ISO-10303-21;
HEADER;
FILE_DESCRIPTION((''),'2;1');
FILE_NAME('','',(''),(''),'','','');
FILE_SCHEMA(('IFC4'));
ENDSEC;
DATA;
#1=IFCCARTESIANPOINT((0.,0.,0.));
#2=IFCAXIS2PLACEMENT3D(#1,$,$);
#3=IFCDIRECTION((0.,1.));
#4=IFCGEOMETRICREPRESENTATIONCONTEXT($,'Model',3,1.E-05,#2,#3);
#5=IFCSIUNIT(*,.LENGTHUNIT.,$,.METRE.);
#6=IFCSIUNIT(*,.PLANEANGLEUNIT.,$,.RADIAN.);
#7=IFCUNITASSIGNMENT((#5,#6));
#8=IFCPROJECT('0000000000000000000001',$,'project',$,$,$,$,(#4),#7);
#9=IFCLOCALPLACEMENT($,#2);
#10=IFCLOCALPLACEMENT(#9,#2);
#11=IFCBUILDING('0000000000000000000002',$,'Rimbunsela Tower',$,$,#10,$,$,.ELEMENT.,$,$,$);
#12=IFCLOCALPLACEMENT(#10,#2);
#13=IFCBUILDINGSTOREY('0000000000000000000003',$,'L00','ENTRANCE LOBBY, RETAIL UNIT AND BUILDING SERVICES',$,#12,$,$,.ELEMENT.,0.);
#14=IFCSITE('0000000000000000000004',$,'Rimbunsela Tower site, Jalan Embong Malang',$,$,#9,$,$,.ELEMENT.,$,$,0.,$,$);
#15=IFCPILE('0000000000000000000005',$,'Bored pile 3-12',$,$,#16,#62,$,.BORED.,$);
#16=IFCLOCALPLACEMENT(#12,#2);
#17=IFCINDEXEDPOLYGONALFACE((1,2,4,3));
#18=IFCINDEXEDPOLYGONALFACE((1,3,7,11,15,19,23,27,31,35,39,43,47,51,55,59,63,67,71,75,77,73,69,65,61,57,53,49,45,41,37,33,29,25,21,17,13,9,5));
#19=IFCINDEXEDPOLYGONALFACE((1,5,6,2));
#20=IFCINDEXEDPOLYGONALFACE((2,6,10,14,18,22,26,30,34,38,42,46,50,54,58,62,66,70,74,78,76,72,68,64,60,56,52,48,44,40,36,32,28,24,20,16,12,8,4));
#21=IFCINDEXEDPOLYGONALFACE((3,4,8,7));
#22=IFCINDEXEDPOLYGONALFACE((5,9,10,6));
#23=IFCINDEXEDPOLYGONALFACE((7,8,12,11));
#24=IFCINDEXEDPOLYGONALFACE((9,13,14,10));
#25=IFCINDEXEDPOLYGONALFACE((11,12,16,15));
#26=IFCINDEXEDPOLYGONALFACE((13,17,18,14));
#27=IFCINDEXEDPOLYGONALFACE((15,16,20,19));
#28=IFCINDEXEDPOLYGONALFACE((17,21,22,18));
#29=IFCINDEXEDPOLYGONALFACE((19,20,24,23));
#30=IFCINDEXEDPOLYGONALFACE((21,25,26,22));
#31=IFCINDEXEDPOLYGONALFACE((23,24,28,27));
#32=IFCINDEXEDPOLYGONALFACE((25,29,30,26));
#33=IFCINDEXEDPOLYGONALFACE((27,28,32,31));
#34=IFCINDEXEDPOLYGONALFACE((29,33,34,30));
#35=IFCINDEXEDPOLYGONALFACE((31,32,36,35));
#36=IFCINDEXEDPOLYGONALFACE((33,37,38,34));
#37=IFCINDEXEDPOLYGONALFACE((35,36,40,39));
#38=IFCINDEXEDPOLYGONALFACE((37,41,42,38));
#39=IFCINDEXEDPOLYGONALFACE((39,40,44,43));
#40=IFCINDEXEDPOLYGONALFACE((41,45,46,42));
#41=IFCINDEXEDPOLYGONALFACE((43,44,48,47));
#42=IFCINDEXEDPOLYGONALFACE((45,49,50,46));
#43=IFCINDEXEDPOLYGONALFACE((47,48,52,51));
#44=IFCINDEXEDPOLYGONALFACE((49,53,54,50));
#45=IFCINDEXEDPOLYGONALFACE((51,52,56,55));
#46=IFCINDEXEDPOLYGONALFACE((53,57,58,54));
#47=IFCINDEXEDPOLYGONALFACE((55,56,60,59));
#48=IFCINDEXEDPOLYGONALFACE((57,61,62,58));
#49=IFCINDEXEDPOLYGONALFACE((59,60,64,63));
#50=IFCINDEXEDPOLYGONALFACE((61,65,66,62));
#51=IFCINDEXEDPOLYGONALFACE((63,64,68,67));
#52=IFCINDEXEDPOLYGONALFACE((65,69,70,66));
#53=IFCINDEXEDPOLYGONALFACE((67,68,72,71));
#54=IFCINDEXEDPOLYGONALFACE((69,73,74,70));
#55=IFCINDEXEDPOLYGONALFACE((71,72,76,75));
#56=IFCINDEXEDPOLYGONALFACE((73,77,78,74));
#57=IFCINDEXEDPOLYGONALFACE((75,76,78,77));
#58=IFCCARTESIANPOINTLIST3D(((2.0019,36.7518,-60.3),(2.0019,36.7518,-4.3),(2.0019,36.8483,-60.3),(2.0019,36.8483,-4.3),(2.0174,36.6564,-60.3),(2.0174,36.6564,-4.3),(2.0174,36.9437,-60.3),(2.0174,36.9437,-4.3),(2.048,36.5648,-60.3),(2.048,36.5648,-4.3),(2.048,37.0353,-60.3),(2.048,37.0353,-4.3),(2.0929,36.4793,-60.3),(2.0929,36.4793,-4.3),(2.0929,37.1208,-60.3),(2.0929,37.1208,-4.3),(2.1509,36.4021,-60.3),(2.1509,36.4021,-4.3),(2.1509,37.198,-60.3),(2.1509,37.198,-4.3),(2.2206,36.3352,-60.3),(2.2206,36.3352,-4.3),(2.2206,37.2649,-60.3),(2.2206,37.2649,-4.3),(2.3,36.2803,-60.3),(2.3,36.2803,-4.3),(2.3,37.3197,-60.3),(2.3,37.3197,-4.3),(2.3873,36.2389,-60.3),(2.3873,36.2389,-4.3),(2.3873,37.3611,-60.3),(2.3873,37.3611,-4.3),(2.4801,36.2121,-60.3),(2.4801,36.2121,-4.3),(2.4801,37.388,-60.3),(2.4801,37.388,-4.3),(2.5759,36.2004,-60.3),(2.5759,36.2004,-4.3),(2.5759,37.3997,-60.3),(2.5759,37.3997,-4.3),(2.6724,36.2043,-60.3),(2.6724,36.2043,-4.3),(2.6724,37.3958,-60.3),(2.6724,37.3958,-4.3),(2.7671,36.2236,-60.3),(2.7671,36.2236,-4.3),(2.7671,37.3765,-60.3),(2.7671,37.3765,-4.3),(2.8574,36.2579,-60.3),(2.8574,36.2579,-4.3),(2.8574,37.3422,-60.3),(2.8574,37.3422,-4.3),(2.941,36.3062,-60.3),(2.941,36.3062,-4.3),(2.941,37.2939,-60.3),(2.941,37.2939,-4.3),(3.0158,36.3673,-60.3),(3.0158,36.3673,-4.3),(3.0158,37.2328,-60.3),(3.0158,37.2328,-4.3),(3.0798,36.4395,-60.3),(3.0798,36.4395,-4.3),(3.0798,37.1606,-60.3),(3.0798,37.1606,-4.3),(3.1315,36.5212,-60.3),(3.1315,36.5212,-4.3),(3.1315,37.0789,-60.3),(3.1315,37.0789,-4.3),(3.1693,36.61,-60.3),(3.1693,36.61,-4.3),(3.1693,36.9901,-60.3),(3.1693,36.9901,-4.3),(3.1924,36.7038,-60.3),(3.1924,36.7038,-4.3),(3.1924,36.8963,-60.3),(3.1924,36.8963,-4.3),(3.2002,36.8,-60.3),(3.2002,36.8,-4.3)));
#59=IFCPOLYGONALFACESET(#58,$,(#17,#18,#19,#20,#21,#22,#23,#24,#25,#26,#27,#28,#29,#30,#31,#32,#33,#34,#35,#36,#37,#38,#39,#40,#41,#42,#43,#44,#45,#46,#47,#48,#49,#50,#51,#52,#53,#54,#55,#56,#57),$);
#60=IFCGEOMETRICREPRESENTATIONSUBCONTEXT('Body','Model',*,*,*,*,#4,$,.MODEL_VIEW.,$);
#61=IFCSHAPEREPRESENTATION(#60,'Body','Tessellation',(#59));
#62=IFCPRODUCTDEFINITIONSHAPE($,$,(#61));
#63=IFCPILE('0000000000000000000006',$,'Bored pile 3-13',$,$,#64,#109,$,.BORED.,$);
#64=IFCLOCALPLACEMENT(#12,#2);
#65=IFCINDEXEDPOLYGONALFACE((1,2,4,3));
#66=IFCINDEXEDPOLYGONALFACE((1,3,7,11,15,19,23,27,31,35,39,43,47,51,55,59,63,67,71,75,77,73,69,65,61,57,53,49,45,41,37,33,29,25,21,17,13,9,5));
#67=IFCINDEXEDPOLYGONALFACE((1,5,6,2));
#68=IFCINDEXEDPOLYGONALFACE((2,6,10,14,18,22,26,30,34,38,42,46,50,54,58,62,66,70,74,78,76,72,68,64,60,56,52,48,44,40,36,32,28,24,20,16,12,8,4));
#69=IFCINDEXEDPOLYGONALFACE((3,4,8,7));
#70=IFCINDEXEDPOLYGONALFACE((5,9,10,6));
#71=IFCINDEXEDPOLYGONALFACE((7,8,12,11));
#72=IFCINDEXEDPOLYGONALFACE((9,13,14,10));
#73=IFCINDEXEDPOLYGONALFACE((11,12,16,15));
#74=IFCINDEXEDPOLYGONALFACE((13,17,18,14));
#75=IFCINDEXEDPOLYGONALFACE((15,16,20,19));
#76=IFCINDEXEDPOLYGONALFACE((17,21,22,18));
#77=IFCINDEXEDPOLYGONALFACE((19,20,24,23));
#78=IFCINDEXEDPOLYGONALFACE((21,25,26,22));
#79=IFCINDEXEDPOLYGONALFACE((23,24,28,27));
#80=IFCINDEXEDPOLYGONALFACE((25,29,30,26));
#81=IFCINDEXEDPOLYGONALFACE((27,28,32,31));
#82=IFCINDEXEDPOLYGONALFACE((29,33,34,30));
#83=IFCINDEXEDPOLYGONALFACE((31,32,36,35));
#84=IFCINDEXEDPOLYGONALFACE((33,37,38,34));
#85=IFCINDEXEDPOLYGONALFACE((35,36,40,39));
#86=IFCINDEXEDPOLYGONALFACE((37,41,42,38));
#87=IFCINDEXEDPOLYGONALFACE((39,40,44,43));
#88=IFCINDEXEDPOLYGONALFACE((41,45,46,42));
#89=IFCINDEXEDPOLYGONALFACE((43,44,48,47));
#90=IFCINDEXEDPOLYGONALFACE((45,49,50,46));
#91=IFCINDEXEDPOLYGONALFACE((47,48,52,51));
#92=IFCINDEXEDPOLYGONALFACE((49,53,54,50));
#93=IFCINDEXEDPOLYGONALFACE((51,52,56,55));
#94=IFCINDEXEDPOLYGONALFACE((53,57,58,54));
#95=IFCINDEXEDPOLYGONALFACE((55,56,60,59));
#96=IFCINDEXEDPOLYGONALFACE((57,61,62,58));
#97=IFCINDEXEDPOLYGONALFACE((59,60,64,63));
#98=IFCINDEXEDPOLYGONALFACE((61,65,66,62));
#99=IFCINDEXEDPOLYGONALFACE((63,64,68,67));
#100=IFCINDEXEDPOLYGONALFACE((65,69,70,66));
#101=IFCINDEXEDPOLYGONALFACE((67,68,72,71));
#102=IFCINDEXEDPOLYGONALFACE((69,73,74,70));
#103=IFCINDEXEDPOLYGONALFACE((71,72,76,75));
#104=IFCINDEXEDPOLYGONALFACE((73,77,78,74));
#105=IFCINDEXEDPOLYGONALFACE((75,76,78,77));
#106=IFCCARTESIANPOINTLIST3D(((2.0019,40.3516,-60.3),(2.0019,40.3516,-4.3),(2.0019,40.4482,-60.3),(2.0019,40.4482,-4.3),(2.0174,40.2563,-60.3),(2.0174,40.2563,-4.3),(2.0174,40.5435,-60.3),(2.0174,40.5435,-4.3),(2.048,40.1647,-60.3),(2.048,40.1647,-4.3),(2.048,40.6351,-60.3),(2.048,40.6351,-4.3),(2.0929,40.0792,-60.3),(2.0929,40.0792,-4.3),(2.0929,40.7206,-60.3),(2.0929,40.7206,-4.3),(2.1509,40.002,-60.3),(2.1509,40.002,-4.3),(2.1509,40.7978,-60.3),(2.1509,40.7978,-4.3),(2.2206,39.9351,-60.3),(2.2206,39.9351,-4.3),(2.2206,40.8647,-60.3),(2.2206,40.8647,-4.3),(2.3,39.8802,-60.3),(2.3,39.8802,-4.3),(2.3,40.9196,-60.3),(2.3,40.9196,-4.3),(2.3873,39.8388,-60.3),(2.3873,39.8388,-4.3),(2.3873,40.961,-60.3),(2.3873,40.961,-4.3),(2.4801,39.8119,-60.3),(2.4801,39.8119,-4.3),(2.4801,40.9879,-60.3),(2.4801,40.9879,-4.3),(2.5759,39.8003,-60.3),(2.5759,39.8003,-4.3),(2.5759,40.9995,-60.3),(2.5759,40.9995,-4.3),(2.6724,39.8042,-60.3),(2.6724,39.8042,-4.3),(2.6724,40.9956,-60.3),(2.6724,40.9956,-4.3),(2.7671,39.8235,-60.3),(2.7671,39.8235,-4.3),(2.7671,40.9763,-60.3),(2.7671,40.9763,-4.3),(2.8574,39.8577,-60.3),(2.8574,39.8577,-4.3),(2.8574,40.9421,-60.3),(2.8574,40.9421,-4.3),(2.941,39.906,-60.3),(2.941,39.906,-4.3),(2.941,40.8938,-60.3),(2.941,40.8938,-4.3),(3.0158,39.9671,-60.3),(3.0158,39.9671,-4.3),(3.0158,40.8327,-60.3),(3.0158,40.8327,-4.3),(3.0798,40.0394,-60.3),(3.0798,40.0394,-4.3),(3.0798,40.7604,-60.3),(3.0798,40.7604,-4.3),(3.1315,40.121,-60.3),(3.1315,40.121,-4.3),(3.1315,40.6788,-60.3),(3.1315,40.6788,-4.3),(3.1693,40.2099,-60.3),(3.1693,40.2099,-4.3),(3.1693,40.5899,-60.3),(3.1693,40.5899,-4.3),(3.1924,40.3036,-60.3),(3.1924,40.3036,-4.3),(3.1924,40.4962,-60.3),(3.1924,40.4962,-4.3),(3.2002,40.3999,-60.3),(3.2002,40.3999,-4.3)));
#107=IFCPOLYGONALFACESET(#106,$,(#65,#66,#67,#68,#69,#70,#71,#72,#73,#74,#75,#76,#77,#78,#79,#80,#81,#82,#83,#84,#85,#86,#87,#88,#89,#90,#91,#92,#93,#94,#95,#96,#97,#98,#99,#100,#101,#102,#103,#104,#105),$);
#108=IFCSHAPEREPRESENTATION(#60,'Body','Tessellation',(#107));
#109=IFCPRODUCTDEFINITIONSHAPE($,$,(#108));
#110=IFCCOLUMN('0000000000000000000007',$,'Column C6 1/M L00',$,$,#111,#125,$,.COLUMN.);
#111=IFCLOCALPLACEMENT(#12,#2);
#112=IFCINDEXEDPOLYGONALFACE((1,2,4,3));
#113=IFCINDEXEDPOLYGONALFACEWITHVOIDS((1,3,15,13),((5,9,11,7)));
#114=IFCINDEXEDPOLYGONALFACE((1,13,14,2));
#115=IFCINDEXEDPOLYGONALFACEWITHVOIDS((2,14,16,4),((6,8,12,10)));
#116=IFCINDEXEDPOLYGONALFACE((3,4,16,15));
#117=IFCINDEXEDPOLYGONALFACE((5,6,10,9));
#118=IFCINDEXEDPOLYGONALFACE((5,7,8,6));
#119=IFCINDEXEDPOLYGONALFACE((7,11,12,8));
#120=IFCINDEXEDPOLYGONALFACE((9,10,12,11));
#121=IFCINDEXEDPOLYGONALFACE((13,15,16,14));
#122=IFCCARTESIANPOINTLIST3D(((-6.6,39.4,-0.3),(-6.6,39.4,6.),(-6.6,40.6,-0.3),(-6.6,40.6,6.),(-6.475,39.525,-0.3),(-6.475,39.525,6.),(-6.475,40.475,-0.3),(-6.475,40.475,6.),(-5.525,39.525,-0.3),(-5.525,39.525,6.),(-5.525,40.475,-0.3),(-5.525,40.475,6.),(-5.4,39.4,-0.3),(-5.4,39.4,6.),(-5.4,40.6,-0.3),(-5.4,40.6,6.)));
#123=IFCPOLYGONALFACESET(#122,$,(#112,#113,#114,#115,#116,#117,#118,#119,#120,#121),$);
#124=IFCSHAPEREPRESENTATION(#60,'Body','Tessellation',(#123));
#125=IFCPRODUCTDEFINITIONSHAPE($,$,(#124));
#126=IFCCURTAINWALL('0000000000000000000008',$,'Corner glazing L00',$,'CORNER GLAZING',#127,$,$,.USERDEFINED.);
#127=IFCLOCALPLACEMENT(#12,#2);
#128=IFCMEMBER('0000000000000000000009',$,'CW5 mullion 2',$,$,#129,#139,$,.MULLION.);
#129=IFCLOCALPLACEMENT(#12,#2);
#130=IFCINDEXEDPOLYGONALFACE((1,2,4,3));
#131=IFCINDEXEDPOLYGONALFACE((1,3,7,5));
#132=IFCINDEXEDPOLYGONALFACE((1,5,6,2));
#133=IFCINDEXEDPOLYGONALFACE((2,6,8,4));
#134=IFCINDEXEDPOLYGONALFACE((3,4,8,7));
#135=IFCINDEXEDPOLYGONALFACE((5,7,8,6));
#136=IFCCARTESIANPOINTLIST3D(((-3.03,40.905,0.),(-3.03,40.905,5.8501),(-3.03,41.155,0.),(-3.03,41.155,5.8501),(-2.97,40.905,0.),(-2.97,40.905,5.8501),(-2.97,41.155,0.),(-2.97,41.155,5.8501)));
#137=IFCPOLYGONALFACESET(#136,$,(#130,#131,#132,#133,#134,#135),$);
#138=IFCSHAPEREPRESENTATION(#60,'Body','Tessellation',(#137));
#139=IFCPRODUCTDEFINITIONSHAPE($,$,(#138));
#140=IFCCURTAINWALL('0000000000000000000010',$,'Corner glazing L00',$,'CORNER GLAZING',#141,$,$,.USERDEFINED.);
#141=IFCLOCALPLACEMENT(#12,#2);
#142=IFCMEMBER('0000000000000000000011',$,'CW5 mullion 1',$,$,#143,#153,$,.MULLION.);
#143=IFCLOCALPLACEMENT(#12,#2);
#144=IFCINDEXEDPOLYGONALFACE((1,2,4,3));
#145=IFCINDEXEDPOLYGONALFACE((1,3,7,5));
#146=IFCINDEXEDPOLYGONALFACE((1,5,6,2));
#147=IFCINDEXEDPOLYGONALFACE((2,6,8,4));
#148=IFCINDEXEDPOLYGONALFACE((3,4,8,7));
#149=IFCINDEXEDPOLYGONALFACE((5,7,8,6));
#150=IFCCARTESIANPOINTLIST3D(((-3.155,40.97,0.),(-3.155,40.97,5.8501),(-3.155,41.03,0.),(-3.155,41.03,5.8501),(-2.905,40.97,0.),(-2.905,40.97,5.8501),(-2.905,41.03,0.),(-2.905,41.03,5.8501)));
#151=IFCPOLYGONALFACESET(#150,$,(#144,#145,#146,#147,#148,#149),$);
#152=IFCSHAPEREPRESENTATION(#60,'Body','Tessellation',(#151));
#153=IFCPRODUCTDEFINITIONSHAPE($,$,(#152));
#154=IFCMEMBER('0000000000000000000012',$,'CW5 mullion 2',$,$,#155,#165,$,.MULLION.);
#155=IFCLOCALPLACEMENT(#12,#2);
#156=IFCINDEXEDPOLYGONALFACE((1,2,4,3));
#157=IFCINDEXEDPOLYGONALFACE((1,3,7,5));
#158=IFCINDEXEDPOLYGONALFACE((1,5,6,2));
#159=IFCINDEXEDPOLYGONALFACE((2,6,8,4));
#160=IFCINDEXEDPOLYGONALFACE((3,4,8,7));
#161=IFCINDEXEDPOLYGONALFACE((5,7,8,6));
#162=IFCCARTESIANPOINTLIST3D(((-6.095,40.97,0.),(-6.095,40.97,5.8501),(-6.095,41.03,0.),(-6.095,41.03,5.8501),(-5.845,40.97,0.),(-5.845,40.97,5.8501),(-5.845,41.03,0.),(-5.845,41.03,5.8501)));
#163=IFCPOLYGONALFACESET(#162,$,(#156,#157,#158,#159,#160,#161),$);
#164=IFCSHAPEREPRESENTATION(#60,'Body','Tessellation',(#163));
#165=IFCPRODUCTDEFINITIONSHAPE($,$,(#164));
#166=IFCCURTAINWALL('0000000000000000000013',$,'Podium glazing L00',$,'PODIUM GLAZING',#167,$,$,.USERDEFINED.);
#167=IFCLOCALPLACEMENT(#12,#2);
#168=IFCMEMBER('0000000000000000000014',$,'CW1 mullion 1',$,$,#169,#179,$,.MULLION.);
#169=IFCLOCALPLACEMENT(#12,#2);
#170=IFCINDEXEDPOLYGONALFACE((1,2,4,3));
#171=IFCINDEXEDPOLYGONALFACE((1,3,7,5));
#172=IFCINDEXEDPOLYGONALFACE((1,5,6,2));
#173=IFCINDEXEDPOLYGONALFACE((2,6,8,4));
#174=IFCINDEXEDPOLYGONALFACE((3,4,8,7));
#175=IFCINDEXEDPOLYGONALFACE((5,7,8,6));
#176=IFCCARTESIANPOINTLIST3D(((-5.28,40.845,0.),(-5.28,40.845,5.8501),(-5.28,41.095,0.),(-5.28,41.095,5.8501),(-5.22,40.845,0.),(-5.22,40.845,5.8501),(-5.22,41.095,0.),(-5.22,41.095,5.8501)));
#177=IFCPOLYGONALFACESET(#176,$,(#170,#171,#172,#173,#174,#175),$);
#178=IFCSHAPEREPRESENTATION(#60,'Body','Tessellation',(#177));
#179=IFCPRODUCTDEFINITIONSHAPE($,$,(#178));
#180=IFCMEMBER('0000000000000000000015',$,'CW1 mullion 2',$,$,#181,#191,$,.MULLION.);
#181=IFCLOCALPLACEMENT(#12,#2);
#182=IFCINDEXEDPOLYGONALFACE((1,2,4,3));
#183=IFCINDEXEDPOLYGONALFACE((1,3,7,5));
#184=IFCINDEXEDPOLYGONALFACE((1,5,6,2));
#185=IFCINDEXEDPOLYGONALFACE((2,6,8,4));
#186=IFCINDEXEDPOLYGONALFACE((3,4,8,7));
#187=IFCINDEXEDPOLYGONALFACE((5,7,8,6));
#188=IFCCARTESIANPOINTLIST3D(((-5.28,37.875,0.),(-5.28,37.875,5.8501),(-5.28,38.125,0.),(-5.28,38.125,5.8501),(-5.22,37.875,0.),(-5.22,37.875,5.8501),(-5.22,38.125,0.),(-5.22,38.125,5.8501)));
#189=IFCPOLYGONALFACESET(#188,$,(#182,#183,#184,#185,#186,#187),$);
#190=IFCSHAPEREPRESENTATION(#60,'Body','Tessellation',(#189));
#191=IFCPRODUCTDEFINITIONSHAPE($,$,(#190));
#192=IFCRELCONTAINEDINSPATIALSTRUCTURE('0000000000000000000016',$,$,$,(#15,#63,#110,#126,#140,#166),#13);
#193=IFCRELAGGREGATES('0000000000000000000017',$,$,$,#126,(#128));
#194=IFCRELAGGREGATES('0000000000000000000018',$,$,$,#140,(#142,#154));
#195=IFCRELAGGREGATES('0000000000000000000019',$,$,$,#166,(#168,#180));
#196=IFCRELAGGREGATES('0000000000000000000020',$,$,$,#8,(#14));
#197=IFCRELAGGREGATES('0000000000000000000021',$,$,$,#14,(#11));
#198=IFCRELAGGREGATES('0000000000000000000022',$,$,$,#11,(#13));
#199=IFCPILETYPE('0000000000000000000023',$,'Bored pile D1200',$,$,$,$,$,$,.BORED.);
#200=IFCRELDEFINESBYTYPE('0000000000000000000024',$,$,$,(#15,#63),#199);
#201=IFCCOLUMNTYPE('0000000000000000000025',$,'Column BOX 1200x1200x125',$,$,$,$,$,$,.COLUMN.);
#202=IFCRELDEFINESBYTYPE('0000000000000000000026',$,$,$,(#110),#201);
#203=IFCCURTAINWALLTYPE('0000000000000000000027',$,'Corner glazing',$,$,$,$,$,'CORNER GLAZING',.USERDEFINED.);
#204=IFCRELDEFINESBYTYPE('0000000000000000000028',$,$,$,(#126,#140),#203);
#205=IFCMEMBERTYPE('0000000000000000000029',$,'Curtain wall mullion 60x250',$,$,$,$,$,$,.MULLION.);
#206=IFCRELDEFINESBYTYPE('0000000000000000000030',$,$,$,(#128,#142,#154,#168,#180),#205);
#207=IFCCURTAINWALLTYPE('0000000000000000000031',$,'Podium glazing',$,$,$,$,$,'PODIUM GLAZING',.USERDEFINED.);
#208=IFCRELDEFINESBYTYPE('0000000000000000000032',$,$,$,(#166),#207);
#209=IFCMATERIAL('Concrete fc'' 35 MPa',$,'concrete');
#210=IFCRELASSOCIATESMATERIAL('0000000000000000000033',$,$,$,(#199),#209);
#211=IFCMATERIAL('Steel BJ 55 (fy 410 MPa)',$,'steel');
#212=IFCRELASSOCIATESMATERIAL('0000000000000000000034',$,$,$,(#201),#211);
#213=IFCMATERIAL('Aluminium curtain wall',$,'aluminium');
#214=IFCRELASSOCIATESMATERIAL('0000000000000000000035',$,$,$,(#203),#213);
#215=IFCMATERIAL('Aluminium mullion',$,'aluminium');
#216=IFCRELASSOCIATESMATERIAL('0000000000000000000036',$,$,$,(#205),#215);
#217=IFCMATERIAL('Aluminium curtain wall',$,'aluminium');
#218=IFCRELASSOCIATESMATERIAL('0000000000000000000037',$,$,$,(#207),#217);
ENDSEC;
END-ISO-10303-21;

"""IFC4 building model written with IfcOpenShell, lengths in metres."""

from ifc_helpers import new_model, si_unit, direction, frame, origin, origin_2d, place, context, subcontext, project, spatial, rectangle, hollow_rectangle, circle, extrude, material, material_profile, profile_set, type_object, element, aggregate, save


model = new_model("IFC4")

# Units and contexts
model_context = context("Model", 3, precision=1e-05, world=origin(), true_north=direction((0.0, 1.0)))
body_context = subcontext(model_context, "Body", "Model", "MODEL_VIEW")
ifc_project = project(units=[si_unit("LENGTHUNIT", "METRE"), si_unit("PLANEANGLEUNIT", "RADIAN")], contexts=[model_context])

# Site, building, storey
site_placement = place(None, origin())
site = spatial("IfcSite", under=ifc_project, at=site_placement, Name="Rimbunsela Tower site, Jalan Embong Malang", CompositionType="ELEMENT", RefElevation=0.0)
building_placement = place(site_placement, origin())
building = spatial("IfcBuilding", under=site, at=building_placement, Name="Rimbunsela Tower", CompositionType="ELEMENT")
storey_placement = place(building_placement, origin())
storey = spatial("IfcBuildingStorey", under=building, at=storey_placement, Name="L00", Description="ENTRANCE LOBBY, RETAIL UNIT AND BUILDING SERVICES", CompositionType="ELEMENT", Elevation=0.0)

# Piles
ifc_material_1 = material(Name="Concrete fc' 35 MPa", Category="concrete")
ifc_material_profile_1 = material_profile(ifc_material_1, circle(Radius=0.6001, at=origin_2d()), Name="BP D1200")
ifc_profile_set_1 = profile_set([ifc_material_profile_1], Name="Concrete fc' 35 MPa")
pile_type = type_object("IfcPileType", Name="Bored pile D1200", PredefinedType="BORED", material=ifc_profile_set_1)
for number, where, z_axis, x_axis, name in (
    (1, (2.6001, 36.8, -4.3), (0.0, 0.0, -1.0), (1.0, 0.0, 0.0), "Bored pile 3-12"),
    (2, (2.6001, 40.3999, -4.3), (0.0, 0.0, -1.0), (1.0, 0.0, 0.0), "Bored pile 3-13"),
):
    element("IfcPile", number, at=place(storey_placement, frame(where, z_axis=z_axis, x_axis=x_axis)), inside=storey, type_object=pile_type, Name=name, PredefinedType="BORED", context=body_context, shape_type="SweptSolid", body=[
        extrude(circle(Radius=0.6001, at=origin_2d()), origin(), (0.0, 0.0, 1.0), 56.0),
    ])

# Column
ifc_material_2 = material(Name="Steel BJ 55 (fy 410 MPa)", Category="steel")
ifc_material_profile_2 = material_profile(ifc_material_2, hollow_rectangle(XDim=1.2, YDim=1.2, WallThickness=0.125, at=origin_2d()), Name="BOX 1200x1200x125")
ifc_profile_set_2 = profile_set([ifc_material_profile_2], Name="Steel BJ 55 (fy 410 MPa)")
column_type = type_object("IfcColumnType", Name="Column BOX 1200x1200x125", PredefinedType="COLUMN", material=ifc_profile_set_2)
column_placement = place(storey_placement, frame((-6.0, 40.0, -0.3), z_axis=(0.0, 0.0, 1.0), x_axis=(1.0, 0.0, 0.0)))
element("IfcColumn", 3, at=column_placement, inside=storey, type_object=column_type, Name="Column C6 1/M L00", PredefinedType="COLUMN", context=body_context, shape_type="SweptSolid", body=[
    extrude(hollow_rectangle(XDim=1.2, YDim=1.2, WallThickness=0.125, at=origin_2d()), origin(), (0.0, 0.0, 1.0), 6.3),
])

# Curtain wall, member
ifc_material_3 = material(Name="Aluminium curtain wall", Category="aluminium")
curtain_wall_type_1 = type_object("IfcCurtainWallType", Name="Corner glazing", ElementType="CORNER GLAZING", PredefinedType="USERDEFINED", material=ifc_material_3)
curtain_wall_1_placement = place(storey_placement, origin())
curtain_wall_1 = element("IfcCurtainWall", 4, at=curtain_wall_1_placement, inside=storey, type_object=curtain_wall_type_1, Name="Corner glazing L00", ObjectType="CORNER GLAZING", PredefinedType="USERDEFINED")
ifc_material_4 = material(Name="Aluminium mullion", Category="aluminium")
ifc_material_profile_3 = material_profile(ifc_material_4, rectangle(XDim=0.0601, YDim=0.25, at=origin_2d()), Name="Mullion 60x250")
ifc_profile_set_3 = profile_set([ifc_material_profile_3], Name="Aluminium mullion")
member_type_1 = type_object("IfcMemberType", Name="Curtain wall mullion 60x250", PredefinedType="MULLION", material=ifc_profile_set_3)
member_1_placement = place(storey_placement, frame((-3.0, 41.03, 0.0), z_axis=(0.0, 0.0, 1.0), x_axis=(1.0, 0.0, 0.0)))
member_1 = element("IfcMember", 5, at=member_1_placement, type_object=member_type_1, Name="CW5 mullion 2", PredefinedType="MULLION", context=body_context, shape_type="SweptSolid", body=[
    extrude(rectangle(XDim=0.0601, YDim=0.25, at=origin_2d()), origin(), (0.0, 0.0, 1.0), 5.8501),
])
aggregate(curtain_wall_1, [member_1])

# Curtain walls, members
curtain_wall_2_placement = place(storey_placement, origin())
curtain_wall_2 = element("IfcCurtainWall", 6, at=curtain_wall_2_placement, inside=storey, type_object=curtain_wall_type_1, Name="Corner glazing L00", ObjectType="CORNER GLAZING", PredefinedType="USERDEFINED")
member_2_placement = place(storey_placement, frame((-3.03, 41.0, 0.0), z_axis=(0.0, 0.0, 1.0), x_axis=(0.0, -1.0, 0.0)))
member_2 = element("IfcMember", 7, at=member_2_placement, type_object=member_type_1, Name="CW5 mullion 1", PredefinedType="MULLION", context=body_context, shape_type="SweptSolid", body=[
    extrude(rectangle(XDim=0.0601, YDim=0.25, at=origin_2d()), origin(), (0.0, 0.0, 1.0), 5.8501),
])
member_3_placement = place(storey_placement, frame((-5.97, 41.0, 0.0), z_axis=(0.0, 0.0, 1.0), x_axis=(0.0, -1.0, 0.0)))
member_3 = element("IfcMember", 8, at=member_3_placement, type_object=member_type_1, Name="CW5 mullion 2", PredefinedType="MULLION", context=body_context, shape_type="SweptSolid", body=[
    extrude(rectangle(XDim=0.0601, YDim=0.25, at=origin_2d()), origin(), (0.0, 0.0, 1.0), 5.8501),
])
ifc_material_5 = material(Name="Aluminium curtain wall", Category="aluminium")
curtain_wall_type_2 = type_object("IfcCurtainWallType", Name="Podium glazing", ElementType="PODIUM GLAZING", PredefinedType="USERDEFINED", material=ifc_material_5)
curtain_wall_3_placement = place(storey_placement, origin())
curtain_wall_3 = element("IfcCurtainWall", 9, at=curtain_wall_3_placement, inside=storey, type_object=curtain_wall_type_2, Name="Podium glazing L00", ObjectType="PODIUM GLAZING", PredefinedType="USERDEFINED")
member_4_placement = place(storey_placement, frame((-5.25, 40.97, 0.0), z_axis=(0.0, 0.0, 1.0), x_axis=(1.0, 0.0, 0.0)))
member_4 = element("IfcMember", 10, at=member_4_placement, type_object=member_type_1, Name="CW1 mullion 1", PredefinedType="MULLION", context=body_context, shape_type="SweptSolid", body=[
    extrude(rectangle(XDim=0.0601, YDim=0.25, at=origin_2d()), origin(), (0.0, 0.0, 1.0), 5.8501),
])
member_5_placement = place(storey_placement, frame((-5.25, 38.0, 0.0), z_axis=(0.0, 0.0, 1.0), x_axis=(1.0, 0.0, 0.0)))
member_5 = element("IfcMember", 11, at=member_5_placement, type_object=member_type_1, Name="CW1 mullion 2", PredefinedType="MULLION", context=body_context, shape_type="SweptSolid", body=[
    extrude(rectangle(XDim=0.0601, YDim=0.25, at=origin_2d()), origin(), (0.0, 0.0, 1.0), 5.8501),
])

aggregate(curtain_wall_2, [member_2, member_3])
aggregate(curtain_wall_3, [member_4, member_5])

save(model, "model.ifc")
